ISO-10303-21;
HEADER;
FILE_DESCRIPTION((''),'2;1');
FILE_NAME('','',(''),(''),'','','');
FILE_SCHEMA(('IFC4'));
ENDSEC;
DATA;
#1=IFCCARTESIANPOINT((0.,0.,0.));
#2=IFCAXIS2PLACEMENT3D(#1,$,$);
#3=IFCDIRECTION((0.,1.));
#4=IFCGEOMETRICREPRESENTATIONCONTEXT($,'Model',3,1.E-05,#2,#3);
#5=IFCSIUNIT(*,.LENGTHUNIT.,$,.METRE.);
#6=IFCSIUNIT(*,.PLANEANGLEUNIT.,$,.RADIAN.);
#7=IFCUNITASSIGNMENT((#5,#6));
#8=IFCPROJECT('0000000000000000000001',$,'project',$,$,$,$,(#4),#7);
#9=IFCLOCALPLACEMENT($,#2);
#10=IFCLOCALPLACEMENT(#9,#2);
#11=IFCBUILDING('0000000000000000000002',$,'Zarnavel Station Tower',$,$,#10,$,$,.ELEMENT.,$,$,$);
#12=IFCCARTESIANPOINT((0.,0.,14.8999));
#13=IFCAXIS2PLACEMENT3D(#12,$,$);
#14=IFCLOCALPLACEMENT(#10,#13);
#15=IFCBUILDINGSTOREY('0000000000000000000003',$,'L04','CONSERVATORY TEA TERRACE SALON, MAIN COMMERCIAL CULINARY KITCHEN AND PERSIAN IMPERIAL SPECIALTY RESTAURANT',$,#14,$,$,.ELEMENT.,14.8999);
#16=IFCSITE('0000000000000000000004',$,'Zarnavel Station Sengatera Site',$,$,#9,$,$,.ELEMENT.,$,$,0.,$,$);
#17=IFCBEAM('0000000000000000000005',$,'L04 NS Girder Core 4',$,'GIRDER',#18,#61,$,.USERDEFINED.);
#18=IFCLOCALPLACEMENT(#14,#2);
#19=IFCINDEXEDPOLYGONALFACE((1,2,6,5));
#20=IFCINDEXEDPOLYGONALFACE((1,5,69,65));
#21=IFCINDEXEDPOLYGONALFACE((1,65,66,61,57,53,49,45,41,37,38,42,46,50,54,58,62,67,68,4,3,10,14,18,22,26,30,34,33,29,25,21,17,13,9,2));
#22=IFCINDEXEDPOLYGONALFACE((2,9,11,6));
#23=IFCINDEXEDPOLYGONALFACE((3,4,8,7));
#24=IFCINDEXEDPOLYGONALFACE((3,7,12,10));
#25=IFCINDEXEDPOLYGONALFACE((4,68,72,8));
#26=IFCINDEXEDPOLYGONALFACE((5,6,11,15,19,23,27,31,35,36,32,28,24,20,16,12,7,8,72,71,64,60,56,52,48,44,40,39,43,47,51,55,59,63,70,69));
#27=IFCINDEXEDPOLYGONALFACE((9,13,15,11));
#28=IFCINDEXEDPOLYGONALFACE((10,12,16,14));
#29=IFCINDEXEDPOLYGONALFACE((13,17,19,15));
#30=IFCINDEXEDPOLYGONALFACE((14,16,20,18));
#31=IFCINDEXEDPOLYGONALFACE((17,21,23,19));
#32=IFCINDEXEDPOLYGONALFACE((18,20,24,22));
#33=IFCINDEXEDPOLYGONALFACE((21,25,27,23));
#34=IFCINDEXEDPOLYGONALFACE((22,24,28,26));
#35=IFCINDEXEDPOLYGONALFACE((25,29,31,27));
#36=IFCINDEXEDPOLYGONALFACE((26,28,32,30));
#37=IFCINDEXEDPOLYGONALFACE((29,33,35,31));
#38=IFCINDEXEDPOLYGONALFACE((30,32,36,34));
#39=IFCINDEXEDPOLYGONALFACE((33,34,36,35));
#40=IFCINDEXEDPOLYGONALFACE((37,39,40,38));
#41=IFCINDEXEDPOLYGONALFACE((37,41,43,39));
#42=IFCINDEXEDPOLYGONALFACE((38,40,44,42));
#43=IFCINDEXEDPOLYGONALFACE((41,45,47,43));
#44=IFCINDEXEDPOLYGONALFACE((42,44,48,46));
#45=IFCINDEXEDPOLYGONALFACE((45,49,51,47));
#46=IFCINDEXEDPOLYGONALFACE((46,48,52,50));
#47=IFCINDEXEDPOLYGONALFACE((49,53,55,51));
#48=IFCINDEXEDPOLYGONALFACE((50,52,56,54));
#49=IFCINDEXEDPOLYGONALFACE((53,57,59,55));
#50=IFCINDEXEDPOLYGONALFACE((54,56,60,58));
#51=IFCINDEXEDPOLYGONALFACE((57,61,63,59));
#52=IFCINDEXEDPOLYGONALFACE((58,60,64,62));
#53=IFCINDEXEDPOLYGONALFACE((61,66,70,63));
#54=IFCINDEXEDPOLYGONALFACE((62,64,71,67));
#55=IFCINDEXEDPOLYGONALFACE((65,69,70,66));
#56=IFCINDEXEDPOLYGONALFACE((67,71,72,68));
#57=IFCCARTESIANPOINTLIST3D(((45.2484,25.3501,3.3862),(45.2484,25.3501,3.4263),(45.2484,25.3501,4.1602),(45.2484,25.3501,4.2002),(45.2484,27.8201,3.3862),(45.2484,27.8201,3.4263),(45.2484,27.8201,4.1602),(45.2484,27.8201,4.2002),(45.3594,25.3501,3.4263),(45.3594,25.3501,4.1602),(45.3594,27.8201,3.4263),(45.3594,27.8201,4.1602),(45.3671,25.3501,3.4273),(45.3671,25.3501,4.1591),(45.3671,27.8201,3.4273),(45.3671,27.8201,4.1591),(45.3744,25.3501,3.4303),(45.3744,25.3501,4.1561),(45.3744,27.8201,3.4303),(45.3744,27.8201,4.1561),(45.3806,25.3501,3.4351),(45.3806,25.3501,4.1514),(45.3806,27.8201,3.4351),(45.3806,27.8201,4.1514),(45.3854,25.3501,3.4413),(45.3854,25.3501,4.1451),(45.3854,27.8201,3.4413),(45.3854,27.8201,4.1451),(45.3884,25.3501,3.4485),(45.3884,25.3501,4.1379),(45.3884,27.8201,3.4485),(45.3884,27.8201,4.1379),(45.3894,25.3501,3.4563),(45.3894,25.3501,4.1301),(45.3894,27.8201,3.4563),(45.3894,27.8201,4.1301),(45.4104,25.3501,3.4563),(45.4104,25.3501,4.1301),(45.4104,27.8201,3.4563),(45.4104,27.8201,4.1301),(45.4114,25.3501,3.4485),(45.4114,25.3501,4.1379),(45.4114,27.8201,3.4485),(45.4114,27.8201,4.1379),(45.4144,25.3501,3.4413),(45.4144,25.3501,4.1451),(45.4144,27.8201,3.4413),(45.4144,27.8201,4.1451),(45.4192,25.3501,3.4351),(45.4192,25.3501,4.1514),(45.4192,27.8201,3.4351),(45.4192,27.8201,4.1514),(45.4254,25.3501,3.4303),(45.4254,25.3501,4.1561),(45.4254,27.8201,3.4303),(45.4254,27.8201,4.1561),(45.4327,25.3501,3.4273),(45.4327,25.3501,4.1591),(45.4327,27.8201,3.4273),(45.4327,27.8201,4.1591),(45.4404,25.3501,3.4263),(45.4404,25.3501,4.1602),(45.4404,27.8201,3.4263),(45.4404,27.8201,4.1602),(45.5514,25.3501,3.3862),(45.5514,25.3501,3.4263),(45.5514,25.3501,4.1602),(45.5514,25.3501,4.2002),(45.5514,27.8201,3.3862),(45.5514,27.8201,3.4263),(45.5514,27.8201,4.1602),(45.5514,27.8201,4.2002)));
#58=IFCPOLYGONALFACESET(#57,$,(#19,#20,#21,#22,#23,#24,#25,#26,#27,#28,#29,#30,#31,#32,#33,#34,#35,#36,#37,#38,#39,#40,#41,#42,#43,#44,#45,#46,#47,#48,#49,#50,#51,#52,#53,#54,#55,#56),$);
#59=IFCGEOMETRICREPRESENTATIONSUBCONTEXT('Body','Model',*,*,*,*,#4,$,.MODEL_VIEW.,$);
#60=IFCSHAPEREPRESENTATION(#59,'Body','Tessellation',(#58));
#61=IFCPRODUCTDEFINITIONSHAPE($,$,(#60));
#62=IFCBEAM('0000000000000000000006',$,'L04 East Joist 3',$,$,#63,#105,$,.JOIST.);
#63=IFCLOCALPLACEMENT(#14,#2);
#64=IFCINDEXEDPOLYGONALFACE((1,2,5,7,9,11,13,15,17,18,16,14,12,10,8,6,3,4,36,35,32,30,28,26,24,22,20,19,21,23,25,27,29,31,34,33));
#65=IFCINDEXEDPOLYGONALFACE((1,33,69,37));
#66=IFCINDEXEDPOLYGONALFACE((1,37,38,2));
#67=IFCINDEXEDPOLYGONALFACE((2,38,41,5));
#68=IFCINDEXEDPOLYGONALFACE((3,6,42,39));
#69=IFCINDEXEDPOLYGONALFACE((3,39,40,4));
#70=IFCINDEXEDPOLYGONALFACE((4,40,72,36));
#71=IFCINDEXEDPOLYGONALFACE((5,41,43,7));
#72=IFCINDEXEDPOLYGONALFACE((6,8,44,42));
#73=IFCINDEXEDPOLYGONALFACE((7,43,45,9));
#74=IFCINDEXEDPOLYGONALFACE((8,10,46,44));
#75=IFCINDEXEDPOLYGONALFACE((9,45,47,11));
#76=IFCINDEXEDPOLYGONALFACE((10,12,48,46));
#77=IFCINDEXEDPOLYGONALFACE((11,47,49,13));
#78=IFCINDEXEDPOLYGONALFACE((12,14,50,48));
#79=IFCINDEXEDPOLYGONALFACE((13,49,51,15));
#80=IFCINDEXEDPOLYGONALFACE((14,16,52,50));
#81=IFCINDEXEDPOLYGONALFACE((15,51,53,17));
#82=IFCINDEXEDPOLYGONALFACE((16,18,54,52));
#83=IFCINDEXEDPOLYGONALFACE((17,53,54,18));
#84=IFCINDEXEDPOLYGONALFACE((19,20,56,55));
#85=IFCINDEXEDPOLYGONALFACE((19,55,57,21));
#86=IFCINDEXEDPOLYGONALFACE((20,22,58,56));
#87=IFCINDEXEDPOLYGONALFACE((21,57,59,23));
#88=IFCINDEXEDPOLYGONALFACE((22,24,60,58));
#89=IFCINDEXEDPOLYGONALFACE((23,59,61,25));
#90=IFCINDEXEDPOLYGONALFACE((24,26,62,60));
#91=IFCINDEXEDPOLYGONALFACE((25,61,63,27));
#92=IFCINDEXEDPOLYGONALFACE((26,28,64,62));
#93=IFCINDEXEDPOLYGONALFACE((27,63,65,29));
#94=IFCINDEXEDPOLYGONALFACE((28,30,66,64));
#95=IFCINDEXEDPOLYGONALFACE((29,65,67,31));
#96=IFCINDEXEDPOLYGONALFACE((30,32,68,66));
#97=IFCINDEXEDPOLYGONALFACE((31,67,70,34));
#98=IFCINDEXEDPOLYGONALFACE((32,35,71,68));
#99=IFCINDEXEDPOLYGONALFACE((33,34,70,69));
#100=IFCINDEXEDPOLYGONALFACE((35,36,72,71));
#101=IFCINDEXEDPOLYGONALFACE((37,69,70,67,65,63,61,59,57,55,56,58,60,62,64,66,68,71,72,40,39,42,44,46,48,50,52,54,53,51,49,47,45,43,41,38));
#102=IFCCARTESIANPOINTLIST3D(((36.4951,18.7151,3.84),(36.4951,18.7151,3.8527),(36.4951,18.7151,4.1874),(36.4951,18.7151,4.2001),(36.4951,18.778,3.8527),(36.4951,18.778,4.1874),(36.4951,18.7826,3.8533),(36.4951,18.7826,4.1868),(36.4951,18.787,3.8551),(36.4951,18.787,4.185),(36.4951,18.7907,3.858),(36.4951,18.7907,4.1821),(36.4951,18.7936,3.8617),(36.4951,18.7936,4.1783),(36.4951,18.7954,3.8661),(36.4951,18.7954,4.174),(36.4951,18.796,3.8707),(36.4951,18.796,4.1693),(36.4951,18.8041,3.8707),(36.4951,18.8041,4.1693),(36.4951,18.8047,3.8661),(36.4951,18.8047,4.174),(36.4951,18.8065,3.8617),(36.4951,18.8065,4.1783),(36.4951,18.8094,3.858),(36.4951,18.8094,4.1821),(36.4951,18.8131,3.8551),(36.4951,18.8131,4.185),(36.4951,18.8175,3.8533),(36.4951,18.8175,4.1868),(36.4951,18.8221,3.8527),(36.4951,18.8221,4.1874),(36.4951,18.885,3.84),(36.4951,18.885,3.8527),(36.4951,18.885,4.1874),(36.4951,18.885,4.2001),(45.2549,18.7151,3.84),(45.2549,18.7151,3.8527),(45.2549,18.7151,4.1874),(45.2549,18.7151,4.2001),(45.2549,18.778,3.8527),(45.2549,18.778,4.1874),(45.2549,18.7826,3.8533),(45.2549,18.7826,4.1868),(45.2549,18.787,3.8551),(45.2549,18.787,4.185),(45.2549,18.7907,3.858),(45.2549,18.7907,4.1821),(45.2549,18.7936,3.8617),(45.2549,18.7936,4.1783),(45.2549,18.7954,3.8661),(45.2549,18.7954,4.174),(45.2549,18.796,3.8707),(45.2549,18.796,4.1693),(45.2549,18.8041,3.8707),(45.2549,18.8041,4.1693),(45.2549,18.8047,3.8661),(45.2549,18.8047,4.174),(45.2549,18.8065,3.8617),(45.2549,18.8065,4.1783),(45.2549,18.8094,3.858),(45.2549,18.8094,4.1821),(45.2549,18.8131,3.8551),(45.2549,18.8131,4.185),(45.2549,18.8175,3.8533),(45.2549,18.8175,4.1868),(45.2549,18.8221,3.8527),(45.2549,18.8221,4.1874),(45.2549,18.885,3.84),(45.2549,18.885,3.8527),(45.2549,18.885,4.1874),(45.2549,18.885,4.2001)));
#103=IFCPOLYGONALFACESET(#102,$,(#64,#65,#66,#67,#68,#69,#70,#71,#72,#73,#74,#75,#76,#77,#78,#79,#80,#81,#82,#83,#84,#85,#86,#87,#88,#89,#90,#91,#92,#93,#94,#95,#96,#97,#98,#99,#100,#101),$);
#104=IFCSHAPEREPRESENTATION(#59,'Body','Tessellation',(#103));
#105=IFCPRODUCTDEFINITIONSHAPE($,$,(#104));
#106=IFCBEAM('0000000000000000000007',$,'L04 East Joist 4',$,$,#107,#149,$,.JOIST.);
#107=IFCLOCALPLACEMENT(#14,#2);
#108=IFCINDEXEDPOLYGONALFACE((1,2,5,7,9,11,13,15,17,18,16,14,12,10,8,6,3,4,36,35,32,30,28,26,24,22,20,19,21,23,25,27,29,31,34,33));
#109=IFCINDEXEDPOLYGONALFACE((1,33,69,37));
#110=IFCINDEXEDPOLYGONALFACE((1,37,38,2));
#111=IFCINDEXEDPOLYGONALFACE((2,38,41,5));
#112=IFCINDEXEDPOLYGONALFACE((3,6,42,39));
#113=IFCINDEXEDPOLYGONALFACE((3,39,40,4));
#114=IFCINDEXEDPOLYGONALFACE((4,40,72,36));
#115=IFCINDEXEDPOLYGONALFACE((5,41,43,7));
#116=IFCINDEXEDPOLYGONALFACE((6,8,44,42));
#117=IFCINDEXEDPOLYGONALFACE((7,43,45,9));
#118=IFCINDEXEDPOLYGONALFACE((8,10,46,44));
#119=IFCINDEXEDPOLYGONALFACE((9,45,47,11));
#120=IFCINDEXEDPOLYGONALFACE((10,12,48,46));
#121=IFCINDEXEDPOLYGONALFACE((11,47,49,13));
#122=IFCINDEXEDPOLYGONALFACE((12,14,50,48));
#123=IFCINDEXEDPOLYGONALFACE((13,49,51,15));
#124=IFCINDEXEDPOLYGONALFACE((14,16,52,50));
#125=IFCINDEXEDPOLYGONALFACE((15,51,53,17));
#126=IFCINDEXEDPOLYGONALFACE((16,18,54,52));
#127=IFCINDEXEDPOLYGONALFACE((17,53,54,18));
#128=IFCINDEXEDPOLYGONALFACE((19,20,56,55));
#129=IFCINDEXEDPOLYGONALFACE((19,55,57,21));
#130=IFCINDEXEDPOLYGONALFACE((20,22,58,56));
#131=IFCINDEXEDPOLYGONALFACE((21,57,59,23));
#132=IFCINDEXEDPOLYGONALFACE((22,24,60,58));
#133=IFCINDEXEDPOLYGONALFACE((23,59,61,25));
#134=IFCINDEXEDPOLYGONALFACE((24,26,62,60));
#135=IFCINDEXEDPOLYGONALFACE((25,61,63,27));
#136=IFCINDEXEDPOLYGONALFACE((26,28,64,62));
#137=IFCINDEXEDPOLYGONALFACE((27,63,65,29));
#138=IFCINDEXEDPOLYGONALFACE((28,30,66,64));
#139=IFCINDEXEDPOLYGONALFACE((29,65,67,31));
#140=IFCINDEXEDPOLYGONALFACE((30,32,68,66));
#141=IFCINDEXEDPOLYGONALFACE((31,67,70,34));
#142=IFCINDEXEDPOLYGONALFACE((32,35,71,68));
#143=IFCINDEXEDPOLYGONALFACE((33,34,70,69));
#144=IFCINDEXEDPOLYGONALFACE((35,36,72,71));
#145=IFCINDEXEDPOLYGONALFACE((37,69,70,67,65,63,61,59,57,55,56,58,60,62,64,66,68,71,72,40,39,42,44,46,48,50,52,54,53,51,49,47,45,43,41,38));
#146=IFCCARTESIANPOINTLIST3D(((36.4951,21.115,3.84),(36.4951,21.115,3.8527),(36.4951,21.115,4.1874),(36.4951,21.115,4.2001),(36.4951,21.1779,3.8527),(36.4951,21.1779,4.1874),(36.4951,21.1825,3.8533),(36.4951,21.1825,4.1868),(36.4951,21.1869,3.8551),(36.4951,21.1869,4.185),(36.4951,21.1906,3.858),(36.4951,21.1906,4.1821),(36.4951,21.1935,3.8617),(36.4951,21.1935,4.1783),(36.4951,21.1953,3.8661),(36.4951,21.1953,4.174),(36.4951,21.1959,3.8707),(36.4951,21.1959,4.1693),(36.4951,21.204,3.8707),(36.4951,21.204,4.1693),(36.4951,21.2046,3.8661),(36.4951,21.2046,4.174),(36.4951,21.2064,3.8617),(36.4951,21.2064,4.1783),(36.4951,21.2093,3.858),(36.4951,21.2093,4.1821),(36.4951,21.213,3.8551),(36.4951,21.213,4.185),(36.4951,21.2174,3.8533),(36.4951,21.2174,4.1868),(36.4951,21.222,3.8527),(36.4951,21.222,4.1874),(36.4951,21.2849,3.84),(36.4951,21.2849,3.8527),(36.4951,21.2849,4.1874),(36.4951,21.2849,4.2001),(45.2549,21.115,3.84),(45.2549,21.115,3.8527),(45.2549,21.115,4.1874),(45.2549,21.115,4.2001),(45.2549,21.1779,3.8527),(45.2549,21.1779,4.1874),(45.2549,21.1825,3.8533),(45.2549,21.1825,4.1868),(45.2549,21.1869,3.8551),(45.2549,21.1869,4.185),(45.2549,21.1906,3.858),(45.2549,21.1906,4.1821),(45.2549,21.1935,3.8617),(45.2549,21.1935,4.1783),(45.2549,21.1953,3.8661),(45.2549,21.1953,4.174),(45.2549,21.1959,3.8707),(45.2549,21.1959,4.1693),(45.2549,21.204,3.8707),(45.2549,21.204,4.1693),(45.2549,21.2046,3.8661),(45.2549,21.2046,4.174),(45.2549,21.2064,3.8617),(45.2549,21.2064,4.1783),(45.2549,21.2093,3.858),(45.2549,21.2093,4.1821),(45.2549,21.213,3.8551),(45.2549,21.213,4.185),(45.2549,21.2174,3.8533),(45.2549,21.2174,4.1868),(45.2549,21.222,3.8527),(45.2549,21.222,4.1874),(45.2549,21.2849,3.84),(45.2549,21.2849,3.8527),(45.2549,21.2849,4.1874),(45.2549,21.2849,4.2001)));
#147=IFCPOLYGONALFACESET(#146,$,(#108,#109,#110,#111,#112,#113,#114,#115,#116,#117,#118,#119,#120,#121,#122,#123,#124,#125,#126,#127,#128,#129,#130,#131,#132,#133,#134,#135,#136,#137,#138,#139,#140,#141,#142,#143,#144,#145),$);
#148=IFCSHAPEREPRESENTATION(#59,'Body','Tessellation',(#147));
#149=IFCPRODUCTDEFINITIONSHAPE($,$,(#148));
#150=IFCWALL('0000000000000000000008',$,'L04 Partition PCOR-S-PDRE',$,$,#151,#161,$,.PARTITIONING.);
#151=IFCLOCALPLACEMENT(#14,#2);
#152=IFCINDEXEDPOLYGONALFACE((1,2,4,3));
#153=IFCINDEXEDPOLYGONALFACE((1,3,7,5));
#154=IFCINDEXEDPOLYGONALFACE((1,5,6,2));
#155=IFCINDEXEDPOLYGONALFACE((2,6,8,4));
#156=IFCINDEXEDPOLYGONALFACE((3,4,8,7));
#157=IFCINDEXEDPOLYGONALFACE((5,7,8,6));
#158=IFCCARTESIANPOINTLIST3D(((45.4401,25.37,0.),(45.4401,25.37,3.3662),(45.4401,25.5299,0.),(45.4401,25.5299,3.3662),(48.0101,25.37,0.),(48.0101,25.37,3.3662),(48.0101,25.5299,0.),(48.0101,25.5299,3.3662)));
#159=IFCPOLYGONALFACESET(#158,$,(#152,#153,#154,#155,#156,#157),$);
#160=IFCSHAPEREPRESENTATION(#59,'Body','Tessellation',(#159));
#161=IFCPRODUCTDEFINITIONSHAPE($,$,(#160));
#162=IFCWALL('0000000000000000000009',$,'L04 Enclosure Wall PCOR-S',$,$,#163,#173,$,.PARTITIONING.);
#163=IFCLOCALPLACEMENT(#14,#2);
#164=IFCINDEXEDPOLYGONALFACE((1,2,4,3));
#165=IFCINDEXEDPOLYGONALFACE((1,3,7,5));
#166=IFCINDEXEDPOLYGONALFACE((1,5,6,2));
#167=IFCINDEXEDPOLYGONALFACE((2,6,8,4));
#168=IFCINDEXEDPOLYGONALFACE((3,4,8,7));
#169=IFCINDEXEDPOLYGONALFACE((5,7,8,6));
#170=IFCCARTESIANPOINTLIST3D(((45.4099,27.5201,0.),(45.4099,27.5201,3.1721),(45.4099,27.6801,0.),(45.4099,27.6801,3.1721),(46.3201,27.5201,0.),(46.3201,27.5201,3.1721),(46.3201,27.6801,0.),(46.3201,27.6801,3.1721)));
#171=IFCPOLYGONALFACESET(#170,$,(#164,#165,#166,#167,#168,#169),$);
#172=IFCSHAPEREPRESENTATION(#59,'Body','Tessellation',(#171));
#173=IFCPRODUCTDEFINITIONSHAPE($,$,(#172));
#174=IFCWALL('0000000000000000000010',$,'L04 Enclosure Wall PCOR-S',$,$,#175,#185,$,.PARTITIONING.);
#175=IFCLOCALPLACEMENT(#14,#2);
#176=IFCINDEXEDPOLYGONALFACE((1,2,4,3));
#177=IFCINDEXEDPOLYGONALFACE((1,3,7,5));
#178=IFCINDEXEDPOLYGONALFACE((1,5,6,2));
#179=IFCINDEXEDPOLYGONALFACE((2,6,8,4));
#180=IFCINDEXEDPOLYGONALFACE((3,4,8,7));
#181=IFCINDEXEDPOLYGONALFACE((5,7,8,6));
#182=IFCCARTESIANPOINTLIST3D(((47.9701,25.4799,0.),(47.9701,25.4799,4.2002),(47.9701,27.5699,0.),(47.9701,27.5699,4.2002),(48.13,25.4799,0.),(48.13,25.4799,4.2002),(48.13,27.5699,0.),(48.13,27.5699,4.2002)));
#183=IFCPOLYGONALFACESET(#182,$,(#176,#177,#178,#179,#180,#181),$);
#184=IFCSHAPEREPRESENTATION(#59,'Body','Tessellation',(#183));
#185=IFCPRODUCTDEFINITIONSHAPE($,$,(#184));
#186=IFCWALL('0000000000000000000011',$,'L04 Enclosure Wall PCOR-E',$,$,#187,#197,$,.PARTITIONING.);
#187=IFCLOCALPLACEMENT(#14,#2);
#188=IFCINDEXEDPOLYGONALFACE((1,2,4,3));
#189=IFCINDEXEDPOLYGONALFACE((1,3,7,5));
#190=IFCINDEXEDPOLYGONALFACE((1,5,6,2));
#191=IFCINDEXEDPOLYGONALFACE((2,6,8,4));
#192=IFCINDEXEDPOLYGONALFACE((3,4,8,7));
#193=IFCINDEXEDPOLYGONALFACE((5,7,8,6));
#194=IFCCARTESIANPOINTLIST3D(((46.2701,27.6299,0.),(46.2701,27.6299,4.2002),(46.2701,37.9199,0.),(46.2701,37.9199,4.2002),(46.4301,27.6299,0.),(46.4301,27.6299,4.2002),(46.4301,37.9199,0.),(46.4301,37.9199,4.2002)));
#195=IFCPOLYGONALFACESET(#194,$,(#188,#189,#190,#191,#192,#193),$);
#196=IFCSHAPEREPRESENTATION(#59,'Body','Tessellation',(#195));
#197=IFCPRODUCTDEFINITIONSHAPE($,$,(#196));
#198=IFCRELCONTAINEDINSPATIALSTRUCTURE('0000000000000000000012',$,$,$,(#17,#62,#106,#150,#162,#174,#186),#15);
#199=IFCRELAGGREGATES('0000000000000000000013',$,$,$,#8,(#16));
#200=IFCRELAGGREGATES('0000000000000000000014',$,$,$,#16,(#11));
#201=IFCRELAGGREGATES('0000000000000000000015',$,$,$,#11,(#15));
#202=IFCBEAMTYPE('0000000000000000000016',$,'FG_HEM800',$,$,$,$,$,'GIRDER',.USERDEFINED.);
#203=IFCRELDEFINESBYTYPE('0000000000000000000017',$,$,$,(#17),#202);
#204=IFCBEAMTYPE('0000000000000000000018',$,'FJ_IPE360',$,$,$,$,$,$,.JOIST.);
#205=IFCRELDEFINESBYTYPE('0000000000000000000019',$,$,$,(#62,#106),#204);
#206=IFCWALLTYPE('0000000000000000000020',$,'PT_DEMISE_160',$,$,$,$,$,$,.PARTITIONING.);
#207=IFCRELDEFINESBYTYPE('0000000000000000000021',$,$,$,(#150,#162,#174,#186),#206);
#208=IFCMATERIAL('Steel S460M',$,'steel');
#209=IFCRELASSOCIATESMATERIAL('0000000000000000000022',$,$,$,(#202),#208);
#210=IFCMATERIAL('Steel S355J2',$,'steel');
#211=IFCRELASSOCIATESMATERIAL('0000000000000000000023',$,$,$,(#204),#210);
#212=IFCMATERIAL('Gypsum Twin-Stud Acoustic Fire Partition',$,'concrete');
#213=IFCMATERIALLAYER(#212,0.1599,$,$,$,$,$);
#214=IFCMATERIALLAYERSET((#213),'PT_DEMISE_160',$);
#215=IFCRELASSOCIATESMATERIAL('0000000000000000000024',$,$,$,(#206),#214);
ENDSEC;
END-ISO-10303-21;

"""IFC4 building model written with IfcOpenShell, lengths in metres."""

from ifc_helpers import new_model, si_unit, direction, frame, frame_2d, origin, origin_2d, place, context, subcontext, project, spatial, rectangle, i_section, extrude, material, layer, layer_set, material_profile, profile_set, type_object, element, save


model = new_model("IFC4")

# Units and contexts
model_context = context("Model", 3, precision=1e-05, world=origin(), true_north=direction((0.0, 1.0)))
body_context = subcontext(model_context, "Body", "Model", "MODEL_VIEW")
ifc_project = project(units=[si_unit("LENGTHUNIT", "METRE"), si_unit("PLANEANGLEUNIT", "RADIAN")], contexts=[model_context])

# Site, building, storey
site_placement = place(None, origin())
site = spatial("IfcSite", under=ifc_project, at=site_placement, Name="Zarnavel Station Sengatera Site", CompositionType="ELEMENT", RefElevation=0.0)
building_placement = place(site_placement, origin())
building = spatial("IfcBuilding", under=site, at=building_placement, Name="Zarnavel Station Tower", CompositionType="ELEMENT")
storey_placement = place(building_placement, frame((0.0, 0.0, 14.8999)))
storey = spatial("IfcBuildingStorey", under=building, at=storey_placement, Name="L04", Description="CONSERVATORY TEA TERRACE SALON, MAIN COMMERCIAL CULINARY KITCHEN AND PERSIAN IMPERIAL SPECIALTY RESTAURANT", CompositionType="ELEMENT", Elevation=14.8999)

# Beams
ifc_material_1 = material(Name="Steel S460M", Category="steel")
ifc_material_profile_1 = material_profile(ifc_material_1, i_section(OverallWidth=0.303, OverallDepth=0.814, WebThickness=0.021, FlangeThickness=0.04, FilletRadius=0.03, at=origin_2d()), Name="HEM800")
ifc_profile_set_1 = profile_set([ifc_material_profile_1], Name="Steel S460M")
beam_type_1 = type_object("IfcBeamType", Name="FG_HEM800", ElementType="GIRDER", PredefinedType="USERDEFINED", material=ifc_profile_set_1)
beam_1_placement = place(storey_placement, frame((45.3999, 25.3501, 3.7932), z_axis=(0.0, 1.0, 0.0), x_axis=(-1.0, 0.0, 0.0)))
element("IfcBeam", 1, at=beam_1_placement, inside=storey, type_object=beam_type_1, Name="L04 NS Girder Core 4", ObjectType="GIRDER", PredefinedType="USERDEFINED", context=body_context, shape_type="SweptSolid", body=[
    extrude(i_section(OverallWidth=0.303, OverallDepth=0.814, WebThickness=0.021, FlangeThickness=0.04, FilletRadius=0.03, at=origin_2d()), origin(), (0.0, 0.0, 1.0), 2.47),
])
ifc_material_2 = material(Name="Steel S355J2", Category="steel")
ifc_material_profile_2 = material_profile(ifc_material_2, i_section(OverallWidth=0.1699, OverallDepth=0.3601, WebThickness=0.0081, FlangeThickness=0.0127, FilletRadius=0.0181, at=origin_2d()), Name="IPE360")
ifc_profile_set_2 = profile_set([ifc_material_profile_2], Name="Steel S355J2")
beam_type_2 = type_object("IfcBeamType", Name="FJ_IPE360", PredefinedType="JOIST", material=ifc_profile_set_2)
for number, where, z_axis, x_axis, name in (
    (2, (36.4951, 18.8, 4.02), (1.0, 0.0, 0.0), (0.0, 1.0, 0.0), "L04 East Joist 3"),
    (3, (36.4951, 21.2, 4.02), (1.0, 0.0, 0.0), (0.0, 1.0, 0.0), "L04 East Joist 4"),
):
    element("IfcBeam", number, at=place(storey_placement, frame(where, z_axis=z_axis, x_axis=x_axis)), inside=storey, type_object=beam_type_2, Name=name, PredefinedType="JOIST", context=body_context, shape_type="SweptSolid", body=[
        extrude(i_section(OverallWidth=0.1699, OverallDepth=0.3601, WebThickness=0.0081, FlangeThickness=0.0127, FilletRadius=0.0181, at=origin_2d()), origin(), (0.0, 0.0, 1.0), 8.7598),
    ])

# Walls
ifc_material_3 = material(Name="Gypsum Twin-Stud Acoustic Fire Partition", Category="concrete")
ifc_layer_1 = layer(ifc_material_3, 0.1599)
ifc_layer_set_1 = layer_set([ifc_layer_1], Name="PT_DEMISE_160")
wall_type_1 = type_object("IfcWallType", Name="PT_DEMISE_160", PredefinedType="PARTITIONING", material=ifc_layer_set_1)
wall_1_placement = place(storey_placement, frame((45.4399, 25.45, 0.0), z_axis=(0.0, 0.0, 1.0), x_axis=(1.0, 0.0, 0.0)))
element("IfcWall", 4, at=wall_1_placement, inside=storey, type_object=wall_type_1, Name="L04 Partition PCOR-S-PDRE", PredefinedType="PARTITIONING", context=body_context, shape_type="SweptSolid", body=[
    extrude(rectangle(XDim=2.5701, YDim=0.1599, at=frame_2d((1.2852, 0.0))), origin(), (0.0, 0.0, 1.0), 3.3662),
])
wall_2_placement = place(storey_placement, frame((45.4099, 27.6001, 0.0), z_axis=(0.0, 0.0, 1.0), x_axis=(1.0, 0.0, 0.0)))
element("IfcWall", 5, at=wall_2_placement, inside=storey, type_object=wall_type_1, Name="L04 Enclosure Wall PCOR-S", PredefinedType="PARTITIONING", context=body_context, shape_type="SweptSolid", body=[
    extrude(rectangle(XDim=0.9102, YDim=0.1599, at=frame_2d((0.4551, 0.0))), origin(), (0.0, 0.0, 1.0), 3.1721),
])
wall_3_placement = place(storey_placement, frame((48.05, 25.48, 0.0), z_axis=(0.0, 0.0, 1.0), x_axis=(0.0, 1.0, 0.0)))
element("IfcWall", 6, at=wall_3_placement, inside=storey, type_object=wall_type_1, Name="L04 Enclosure Wall PCOR-S", PredefinedType="PARTITIONING", context=body_context, shape_type="SweptSolid", body=[
    extrude(rectangle(XDim=2.0901, YDim=0.1599, at=frame_2d((1.0449, 0.0))), origin(), (0.0, 0.0, 1.0), 4.2002),
])
wall_4_placement = place(storey_placement, frame((46.3501, 27.6299, 0.0), z_axis=(0.0, 0.0, 1.0), x_axis=(0.0, 1.0, 0.0)))
element("IfcWall", 7, at=wall_4_placement, inside=storey, type_object=wall_type_1, Name="L04 Enclosure Wall PCOR-E", PredefinedType="PARTITIONING", context=body_context, shape_type="SweptSolid", body=[
    extrude(rectangle(XDim=10.29, YDim=0.1599, at=frame_2d((5.145, 0.0))), origin(), (0.0, 0.0, 1.0), 4.2002),
])

save(model, "model.ifc")
